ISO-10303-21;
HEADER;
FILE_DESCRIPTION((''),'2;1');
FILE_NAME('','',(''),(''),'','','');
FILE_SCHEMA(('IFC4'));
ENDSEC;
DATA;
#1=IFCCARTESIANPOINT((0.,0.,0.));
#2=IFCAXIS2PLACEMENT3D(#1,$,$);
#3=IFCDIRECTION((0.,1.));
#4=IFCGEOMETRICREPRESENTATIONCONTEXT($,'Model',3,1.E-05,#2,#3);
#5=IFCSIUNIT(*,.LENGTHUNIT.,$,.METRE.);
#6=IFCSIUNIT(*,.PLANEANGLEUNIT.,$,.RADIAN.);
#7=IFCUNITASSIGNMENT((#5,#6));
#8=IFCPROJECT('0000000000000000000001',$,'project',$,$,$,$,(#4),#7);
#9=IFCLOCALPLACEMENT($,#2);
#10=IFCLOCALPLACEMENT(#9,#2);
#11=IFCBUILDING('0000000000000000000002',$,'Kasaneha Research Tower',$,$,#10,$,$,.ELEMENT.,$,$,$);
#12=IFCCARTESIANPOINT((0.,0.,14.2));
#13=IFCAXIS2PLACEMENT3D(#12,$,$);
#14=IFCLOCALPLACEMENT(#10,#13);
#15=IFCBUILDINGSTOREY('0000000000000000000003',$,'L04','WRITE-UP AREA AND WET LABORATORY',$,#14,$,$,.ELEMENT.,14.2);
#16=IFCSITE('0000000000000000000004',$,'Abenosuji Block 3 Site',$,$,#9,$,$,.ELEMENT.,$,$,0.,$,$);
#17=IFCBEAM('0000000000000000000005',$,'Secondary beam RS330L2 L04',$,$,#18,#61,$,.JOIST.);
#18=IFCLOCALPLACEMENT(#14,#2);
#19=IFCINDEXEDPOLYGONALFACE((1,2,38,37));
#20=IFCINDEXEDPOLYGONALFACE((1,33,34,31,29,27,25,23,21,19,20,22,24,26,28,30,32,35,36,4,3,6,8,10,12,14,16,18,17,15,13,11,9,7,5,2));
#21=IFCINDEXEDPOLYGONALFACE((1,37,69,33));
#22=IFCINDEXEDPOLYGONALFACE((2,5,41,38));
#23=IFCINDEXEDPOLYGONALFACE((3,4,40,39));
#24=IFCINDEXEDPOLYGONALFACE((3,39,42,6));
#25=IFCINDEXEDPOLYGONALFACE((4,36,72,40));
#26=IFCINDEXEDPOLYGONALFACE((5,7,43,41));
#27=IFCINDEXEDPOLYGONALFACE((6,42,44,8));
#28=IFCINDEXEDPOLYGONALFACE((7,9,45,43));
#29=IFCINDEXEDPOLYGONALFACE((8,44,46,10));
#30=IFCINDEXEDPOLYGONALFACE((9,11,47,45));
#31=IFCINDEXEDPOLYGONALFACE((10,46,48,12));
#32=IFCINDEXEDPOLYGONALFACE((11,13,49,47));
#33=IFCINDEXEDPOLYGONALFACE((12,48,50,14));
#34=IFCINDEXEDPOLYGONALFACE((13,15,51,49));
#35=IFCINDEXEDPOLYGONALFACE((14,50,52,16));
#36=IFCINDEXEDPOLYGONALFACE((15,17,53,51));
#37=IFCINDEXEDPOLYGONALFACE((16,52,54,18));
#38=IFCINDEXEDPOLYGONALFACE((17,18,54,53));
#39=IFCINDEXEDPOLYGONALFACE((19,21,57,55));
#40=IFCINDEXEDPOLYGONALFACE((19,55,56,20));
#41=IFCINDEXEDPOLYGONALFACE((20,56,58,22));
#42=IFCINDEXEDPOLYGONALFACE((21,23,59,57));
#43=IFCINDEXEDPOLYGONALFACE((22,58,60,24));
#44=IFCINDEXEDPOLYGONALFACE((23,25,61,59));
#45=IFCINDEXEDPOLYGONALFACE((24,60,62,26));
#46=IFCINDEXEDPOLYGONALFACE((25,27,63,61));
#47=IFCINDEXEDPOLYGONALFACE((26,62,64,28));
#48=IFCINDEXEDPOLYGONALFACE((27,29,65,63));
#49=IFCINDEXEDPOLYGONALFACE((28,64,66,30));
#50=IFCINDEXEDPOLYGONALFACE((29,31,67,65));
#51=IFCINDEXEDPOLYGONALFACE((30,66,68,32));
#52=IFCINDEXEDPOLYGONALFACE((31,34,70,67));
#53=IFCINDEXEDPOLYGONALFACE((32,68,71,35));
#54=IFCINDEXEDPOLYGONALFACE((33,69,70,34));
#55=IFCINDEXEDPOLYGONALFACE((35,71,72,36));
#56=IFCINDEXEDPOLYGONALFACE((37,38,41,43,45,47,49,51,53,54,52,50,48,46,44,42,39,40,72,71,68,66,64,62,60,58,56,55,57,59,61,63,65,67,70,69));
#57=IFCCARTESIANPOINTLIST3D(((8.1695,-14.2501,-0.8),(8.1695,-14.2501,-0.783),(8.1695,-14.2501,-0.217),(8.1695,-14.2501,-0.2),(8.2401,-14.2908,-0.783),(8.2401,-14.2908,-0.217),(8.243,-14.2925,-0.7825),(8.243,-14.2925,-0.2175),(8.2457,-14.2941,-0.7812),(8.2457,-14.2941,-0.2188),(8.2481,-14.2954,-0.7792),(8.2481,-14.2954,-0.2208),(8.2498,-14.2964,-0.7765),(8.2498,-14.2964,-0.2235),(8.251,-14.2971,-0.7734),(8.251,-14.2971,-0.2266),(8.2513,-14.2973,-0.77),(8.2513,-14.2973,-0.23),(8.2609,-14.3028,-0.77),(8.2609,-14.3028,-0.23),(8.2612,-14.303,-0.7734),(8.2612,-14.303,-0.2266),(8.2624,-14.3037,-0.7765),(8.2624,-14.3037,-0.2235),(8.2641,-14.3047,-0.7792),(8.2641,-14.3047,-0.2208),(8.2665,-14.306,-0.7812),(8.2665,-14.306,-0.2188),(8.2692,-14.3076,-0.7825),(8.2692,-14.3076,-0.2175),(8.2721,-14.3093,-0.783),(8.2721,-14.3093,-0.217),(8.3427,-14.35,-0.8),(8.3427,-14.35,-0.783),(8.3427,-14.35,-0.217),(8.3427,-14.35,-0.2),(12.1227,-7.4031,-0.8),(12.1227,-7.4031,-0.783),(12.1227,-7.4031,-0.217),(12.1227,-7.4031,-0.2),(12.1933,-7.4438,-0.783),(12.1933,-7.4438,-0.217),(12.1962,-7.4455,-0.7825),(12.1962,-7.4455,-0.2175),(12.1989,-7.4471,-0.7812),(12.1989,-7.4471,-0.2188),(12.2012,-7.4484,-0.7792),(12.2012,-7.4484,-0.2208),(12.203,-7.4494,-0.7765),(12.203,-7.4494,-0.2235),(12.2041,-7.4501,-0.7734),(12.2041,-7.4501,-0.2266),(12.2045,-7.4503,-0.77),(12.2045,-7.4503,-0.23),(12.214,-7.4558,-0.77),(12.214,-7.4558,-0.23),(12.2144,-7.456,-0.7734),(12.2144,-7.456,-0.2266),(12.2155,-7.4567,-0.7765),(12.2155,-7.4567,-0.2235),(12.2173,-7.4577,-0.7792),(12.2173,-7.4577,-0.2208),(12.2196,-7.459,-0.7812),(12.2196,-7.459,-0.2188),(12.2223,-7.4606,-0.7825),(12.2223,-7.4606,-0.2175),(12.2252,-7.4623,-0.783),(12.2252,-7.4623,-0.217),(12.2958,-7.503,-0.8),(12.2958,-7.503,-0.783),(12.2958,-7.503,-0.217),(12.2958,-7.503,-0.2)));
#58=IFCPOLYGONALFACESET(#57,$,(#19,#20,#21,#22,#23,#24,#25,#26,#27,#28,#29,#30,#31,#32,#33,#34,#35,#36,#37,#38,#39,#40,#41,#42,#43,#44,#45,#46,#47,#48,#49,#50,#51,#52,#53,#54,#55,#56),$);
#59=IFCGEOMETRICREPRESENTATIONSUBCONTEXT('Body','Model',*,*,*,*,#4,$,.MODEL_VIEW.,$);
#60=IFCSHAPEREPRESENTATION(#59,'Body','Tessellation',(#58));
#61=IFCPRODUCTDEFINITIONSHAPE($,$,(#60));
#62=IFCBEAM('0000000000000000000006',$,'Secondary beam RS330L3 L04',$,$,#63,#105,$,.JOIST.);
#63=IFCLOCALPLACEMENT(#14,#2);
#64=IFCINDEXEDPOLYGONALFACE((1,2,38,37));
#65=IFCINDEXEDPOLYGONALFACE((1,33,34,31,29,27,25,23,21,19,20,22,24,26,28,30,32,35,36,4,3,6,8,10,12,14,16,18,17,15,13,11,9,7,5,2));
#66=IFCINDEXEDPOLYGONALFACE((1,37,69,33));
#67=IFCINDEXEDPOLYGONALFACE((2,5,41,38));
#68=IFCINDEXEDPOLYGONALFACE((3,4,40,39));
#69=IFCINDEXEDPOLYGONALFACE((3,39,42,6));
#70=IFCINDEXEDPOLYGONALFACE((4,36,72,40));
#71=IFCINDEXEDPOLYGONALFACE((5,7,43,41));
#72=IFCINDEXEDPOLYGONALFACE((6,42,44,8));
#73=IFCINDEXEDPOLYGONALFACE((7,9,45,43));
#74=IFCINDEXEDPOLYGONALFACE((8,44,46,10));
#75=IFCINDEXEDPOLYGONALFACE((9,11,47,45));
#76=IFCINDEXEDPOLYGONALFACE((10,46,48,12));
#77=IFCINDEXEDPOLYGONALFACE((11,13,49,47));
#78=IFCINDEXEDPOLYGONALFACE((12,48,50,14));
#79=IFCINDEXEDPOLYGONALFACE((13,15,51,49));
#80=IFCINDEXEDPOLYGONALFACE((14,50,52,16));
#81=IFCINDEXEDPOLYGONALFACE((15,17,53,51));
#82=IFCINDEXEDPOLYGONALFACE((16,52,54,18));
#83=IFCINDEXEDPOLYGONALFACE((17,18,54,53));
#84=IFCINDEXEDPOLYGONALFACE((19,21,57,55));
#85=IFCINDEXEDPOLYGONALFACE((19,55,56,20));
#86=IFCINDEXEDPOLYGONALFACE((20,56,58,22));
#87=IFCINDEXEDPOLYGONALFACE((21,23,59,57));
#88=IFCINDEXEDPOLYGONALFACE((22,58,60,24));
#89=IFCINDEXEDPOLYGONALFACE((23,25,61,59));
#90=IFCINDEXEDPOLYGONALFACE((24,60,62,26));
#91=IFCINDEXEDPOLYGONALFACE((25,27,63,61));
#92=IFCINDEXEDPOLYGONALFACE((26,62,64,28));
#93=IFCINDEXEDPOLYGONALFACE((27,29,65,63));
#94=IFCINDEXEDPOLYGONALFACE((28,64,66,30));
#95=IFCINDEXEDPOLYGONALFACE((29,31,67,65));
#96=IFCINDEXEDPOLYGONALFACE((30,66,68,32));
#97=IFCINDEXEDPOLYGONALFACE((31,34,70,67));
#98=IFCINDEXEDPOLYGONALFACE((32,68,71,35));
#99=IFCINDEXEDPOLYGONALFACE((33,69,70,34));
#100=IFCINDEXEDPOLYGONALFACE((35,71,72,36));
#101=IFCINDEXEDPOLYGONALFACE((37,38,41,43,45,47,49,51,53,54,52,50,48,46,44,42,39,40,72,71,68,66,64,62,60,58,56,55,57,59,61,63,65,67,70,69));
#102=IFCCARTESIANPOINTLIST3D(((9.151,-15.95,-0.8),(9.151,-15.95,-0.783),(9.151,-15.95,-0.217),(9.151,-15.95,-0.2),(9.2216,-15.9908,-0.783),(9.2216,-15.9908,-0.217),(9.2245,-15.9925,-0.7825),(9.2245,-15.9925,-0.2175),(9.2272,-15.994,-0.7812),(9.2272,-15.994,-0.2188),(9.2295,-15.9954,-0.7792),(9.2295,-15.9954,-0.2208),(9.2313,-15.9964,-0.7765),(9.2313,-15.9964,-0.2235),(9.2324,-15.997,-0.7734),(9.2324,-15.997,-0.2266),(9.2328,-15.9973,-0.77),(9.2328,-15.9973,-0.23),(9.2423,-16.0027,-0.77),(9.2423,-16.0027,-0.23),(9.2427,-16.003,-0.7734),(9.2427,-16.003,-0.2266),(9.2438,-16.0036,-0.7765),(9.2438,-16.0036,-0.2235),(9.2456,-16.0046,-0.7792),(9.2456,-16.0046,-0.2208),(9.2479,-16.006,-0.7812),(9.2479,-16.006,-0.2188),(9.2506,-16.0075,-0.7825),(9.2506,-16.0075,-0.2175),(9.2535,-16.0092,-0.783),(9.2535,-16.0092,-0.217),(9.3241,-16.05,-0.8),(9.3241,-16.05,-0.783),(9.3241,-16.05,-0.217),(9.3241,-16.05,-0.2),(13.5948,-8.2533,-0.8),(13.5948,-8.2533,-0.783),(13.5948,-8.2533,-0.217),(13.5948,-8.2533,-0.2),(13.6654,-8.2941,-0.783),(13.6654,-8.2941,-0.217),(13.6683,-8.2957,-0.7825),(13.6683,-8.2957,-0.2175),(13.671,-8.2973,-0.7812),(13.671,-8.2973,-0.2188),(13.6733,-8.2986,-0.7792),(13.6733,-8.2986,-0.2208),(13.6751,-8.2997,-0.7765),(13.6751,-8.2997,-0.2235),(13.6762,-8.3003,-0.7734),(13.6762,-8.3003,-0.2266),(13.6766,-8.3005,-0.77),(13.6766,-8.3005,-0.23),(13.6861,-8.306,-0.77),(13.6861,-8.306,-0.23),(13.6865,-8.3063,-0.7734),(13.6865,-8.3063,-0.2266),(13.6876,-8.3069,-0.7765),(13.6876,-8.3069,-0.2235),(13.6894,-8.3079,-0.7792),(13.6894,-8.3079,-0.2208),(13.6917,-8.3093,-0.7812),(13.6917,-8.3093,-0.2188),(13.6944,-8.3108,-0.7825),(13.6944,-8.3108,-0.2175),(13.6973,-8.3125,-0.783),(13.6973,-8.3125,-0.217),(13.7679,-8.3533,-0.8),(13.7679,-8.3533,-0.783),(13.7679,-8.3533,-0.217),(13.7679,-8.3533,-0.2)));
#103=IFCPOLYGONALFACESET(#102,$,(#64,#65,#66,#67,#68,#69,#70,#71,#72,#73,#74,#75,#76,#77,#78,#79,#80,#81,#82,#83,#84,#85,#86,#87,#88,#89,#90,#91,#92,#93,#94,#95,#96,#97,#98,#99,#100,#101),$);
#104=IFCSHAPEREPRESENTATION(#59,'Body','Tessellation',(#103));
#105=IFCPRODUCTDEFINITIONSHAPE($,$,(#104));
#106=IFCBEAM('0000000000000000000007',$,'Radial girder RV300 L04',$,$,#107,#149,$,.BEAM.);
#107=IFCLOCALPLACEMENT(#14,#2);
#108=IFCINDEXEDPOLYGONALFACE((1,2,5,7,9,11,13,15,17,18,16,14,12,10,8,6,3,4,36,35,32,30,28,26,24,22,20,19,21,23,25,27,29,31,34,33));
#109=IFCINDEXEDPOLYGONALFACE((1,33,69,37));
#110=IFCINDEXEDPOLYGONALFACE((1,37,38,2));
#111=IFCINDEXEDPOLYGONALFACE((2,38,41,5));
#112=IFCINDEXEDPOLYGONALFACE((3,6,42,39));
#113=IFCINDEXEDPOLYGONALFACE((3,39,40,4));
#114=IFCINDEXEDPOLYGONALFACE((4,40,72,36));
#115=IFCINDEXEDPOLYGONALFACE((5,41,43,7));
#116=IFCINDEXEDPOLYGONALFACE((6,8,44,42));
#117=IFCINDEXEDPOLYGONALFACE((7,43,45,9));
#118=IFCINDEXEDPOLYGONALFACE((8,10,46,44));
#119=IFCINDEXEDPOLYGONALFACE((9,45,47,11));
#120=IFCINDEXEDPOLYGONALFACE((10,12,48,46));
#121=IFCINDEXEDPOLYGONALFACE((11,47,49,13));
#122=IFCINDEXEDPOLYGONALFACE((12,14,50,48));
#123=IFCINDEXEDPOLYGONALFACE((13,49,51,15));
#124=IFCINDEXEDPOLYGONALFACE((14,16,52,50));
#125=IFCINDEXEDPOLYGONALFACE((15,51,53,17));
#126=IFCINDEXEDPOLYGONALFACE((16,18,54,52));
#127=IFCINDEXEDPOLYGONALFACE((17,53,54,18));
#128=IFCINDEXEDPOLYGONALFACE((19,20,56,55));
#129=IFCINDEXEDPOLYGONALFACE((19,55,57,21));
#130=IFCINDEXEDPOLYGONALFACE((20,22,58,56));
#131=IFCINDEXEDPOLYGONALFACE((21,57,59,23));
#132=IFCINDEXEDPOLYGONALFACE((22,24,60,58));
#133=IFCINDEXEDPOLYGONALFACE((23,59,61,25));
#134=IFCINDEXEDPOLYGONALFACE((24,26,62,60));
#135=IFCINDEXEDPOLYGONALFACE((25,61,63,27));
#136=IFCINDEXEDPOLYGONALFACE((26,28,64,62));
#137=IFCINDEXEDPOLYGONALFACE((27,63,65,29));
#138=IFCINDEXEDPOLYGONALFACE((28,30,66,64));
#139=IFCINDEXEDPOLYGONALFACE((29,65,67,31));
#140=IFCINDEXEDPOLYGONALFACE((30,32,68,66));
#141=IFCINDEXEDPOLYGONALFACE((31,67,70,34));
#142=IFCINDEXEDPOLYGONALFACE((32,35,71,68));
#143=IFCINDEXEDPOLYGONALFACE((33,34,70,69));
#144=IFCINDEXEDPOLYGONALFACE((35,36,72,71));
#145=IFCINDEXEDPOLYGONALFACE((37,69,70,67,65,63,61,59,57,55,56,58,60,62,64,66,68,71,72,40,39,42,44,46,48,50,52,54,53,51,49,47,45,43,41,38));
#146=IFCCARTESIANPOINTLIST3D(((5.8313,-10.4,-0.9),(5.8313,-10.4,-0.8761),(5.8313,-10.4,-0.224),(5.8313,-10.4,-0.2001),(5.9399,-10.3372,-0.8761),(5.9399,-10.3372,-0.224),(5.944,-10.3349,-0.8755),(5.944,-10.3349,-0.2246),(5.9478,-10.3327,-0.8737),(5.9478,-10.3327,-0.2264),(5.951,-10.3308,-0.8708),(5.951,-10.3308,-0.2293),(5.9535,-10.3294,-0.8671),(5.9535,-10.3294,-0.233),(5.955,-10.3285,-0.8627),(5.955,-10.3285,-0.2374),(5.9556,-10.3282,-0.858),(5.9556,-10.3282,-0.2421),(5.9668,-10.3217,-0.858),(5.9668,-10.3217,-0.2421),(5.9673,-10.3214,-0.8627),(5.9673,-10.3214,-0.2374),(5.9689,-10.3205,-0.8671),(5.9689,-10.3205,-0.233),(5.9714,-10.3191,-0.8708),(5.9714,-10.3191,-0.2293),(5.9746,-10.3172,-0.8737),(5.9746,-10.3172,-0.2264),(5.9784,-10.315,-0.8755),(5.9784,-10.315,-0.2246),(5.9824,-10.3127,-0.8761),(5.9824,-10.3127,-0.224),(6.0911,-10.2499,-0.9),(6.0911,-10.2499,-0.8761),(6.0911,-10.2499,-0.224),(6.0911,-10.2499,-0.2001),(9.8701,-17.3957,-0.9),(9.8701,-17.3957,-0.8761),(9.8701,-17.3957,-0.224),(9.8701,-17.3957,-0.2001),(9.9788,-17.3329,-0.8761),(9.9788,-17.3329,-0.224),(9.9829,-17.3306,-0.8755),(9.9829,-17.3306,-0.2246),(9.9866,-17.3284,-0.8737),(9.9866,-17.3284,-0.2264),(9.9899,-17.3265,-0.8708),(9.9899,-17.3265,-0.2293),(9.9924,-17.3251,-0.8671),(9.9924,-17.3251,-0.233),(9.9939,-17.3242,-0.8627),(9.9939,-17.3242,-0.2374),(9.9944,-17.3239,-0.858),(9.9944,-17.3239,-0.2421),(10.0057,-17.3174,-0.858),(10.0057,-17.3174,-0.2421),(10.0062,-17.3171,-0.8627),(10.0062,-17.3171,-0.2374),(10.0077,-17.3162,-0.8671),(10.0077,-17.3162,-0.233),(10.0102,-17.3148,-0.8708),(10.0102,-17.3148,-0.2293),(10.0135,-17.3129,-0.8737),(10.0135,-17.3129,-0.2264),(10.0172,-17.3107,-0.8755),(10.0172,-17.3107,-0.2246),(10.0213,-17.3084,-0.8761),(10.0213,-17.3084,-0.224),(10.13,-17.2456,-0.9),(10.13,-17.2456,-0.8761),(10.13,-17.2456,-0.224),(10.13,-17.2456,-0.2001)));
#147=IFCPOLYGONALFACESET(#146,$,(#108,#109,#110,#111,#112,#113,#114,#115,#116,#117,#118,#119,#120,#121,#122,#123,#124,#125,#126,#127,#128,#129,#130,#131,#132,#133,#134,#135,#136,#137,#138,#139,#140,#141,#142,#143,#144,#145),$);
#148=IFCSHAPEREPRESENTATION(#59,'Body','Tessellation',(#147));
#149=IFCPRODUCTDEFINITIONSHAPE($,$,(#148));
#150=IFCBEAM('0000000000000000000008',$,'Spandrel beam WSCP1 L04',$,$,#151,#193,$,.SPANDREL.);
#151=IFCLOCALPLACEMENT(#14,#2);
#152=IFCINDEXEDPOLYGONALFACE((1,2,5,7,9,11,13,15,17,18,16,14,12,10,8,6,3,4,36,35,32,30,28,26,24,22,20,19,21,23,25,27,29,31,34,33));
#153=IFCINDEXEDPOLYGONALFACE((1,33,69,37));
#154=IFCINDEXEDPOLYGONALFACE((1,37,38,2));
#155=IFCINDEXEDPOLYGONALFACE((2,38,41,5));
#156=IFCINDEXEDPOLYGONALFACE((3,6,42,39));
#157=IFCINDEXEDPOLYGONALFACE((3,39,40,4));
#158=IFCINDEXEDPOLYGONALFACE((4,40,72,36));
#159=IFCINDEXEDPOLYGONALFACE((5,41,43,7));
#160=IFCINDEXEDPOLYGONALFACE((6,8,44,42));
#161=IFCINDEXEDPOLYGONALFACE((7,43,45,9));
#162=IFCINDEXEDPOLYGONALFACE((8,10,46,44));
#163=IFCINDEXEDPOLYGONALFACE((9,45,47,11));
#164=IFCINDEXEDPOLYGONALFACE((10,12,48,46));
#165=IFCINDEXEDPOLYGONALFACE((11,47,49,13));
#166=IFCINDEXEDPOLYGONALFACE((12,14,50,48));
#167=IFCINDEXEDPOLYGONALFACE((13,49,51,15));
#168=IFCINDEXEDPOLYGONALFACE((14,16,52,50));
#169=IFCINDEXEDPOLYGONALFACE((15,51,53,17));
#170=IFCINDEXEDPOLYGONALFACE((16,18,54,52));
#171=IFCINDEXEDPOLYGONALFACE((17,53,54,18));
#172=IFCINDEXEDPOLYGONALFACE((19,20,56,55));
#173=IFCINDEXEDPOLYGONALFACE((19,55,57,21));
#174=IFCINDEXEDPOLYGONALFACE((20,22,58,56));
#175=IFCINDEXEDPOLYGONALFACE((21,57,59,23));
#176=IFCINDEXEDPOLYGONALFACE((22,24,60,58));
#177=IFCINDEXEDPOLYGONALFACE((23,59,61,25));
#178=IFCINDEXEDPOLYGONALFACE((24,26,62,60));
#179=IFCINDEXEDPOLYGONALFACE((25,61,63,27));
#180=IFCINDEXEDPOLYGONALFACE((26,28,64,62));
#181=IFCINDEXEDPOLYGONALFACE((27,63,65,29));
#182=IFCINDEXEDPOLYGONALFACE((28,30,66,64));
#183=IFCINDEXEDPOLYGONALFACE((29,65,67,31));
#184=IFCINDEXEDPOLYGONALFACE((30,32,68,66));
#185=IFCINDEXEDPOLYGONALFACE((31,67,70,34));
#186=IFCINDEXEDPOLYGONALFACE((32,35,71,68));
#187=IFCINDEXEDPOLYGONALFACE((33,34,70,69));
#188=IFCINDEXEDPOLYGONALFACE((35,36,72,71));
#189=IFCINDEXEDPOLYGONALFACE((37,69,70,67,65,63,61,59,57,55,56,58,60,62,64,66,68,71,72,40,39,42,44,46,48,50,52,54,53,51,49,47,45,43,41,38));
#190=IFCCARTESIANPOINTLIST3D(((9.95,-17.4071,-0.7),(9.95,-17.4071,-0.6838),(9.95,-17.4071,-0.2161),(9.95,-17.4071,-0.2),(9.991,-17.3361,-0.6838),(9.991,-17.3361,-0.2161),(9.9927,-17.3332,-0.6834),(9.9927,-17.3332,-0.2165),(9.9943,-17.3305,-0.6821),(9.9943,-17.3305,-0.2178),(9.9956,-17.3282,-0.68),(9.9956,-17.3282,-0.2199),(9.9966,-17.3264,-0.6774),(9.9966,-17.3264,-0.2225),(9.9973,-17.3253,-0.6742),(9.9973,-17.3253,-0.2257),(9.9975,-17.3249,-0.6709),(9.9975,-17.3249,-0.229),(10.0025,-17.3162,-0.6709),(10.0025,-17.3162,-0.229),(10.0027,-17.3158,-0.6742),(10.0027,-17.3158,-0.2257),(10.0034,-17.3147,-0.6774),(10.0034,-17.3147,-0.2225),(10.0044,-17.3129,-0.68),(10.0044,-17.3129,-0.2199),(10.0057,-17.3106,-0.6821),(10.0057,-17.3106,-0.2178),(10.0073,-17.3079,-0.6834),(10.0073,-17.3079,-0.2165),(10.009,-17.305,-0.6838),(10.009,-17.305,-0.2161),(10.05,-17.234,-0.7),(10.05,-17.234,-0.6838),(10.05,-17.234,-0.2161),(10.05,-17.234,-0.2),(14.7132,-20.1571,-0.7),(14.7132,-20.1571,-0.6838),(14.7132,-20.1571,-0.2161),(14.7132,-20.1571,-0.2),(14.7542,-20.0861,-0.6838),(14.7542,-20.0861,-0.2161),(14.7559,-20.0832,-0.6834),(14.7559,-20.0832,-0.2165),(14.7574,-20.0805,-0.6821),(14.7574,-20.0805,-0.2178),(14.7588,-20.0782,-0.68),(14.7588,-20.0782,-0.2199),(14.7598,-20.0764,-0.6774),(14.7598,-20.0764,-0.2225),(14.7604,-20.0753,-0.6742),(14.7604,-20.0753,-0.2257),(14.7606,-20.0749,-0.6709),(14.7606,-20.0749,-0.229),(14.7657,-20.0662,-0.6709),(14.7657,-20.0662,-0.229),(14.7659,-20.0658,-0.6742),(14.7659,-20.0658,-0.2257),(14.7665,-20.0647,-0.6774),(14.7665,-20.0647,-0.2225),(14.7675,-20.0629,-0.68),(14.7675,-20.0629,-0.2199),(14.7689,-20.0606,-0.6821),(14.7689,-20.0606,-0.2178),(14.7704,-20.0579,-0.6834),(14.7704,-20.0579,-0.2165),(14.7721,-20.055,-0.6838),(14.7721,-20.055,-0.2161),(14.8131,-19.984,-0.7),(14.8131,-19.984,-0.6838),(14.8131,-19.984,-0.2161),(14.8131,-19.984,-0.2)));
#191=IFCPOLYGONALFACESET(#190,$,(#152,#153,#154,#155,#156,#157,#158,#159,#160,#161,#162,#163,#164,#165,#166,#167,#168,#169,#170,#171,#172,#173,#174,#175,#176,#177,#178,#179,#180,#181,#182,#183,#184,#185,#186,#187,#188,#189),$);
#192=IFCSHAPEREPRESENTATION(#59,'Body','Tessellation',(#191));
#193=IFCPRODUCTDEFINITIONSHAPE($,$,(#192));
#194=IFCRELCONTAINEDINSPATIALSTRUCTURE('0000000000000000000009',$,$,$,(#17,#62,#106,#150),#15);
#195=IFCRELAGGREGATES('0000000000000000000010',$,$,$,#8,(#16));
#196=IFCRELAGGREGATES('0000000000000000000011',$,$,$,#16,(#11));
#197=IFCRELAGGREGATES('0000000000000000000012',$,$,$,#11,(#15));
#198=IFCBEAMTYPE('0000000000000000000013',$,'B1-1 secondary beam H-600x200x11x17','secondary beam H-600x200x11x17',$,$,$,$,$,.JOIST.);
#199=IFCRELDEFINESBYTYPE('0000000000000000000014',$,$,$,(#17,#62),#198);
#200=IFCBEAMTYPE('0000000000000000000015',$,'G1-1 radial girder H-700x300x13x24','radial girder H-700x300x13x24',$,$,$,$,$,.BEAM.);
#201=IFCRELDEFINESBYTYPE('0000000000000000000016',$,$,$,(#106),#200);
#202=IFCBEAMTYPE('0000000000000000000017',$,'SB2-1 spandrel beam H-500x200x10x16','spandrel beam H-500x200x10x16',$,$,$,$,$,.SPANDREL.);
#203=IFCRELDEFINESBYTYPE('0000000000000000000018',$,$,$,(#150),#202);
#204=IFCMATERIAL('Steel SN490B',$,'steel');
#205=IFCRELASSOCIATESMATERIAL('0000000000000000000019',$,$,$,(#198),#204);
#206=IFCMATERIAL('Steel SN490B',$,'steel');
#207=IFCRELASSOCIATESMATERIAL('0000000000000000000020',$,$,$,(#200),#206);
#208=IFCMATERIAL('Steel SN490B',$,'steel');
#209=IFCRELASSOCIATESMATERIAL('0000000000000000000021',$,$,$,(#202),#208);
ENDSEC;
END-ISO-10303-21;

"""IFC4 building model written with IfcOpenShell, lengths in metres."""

from ifc_helpers import new_model, si_unit, direction, frame, origin, origin_2d, place, context, subcontext, project, spatial, i_section, extrude, material, material_profile, profile_set, type_object, element, save


model = new_model("IFC4")

# Units and contexts
model_context = context("Model", 3, precision=1e-05, world=origin(), true_north=direction((0.0, 1.0)))
body_context = subcontext(model_context, "Body", "Model", "MODEL_VIEW")
ifc_project = project(units=[si_unit("LENGTHUNIT", "METRE"), si_unit("PLANEANGLEUNIT", "RADIAN")], contexts=[model_context])

# Site, building, storey
site_placement = place(None, origin())
site = spatial("IfcSite", under=ifc_project, at=site_placement, Name="Abenosuji Block 3 Site", CompositionType="ELEMENT", RefElevation=0.0)
building_placement = place(site_placement, origin())
building = spatial("IfcBuilding", under=site, at=building_placement, Name="Kasaneha Research Tower", CompositionType="ELEMENT")
storey_placement = place(building_placement, frame((0.0, 0.0, 14.2)))
storey = spatial("IfcBuildingStorey", under=building, at=storey_placement, Name="L04", Description="WRITE-UP AREA AND WET LABORATORY", CompositionType="ELEMENT", Elevation=14.2)

# Beams
ifc_material_1 = material(Name="Steel SN490B", Category="steel")
ifc_material_profile_1 = material_profile(ifc_material_1, i_section(OverallWidth=0.2, OverallDepth=0.6001, WebThickness=0.011, FlangeThickness=0.0171, FilletRadius=0.0129, at=origin_2d()), Name="H-600x200x11x17")
ifc_profile_set_1 = profile_set([ifc_material_profile_1], Name="Steel SN490B")
beam_type_1 = type_object("IfcBeamType", Name="B1-1 secondary beam H-600x200x11x17", Description="secondary beam H-600x200x11x17", PredefinedType="JOIST", material=ifc_profile_set_1)
beam_1_placement = place(storey_placement, frame((8.2561, -14.3, -0.5), z_axis=(0.500005, 0.866023, 0.0), x_axis=(-0.866023, 0.500005, 0.0)))
element("IfcBeam", 1, at=beam_1_placement, inside=storey, type_object=beam_type_1, Name="Secondary beam RS330L2 L04", PredefinedType="JOIST", context=body_context, shape_type="SweptSolid", body=[
    extrude(i_section(OverallWidth=0.2, OverallDepth=0.6001, WebThickness=0.011, FlangeThickness=0.0171, FilletRadius=0.0129, at=origin_2d()), origin(), (0.0, 0.0, 1.0), 7.9062),
])
beam_2_placement = place(storey_placement, frame((9.2375, -16.0, -0.5), z_axis=(0.500009, 0.86602, 0.0), x_axis=(-0.86602, 0.500009, 0.0)))
element("IfcBeam", 2, at=beam_2_placement, inside=storey, type_object=beam_type_1, Name="Secondary beam RS330L3 L04", PredefinedType="JOIST", context=body_context, shape_type="SweptSolid", body=[
    extrude(i_section(OverallWidth=0.2, OverallDepth=0.6001, WebThickness=0.011, FlangeThickness=0.0171, FilletRadius=0.0129, at=origin_2d()), origin(), (0.0, 0.0, 1.0), 8.8875),
])
ifc_material_2 = material(Name="Steel SN490B", Category="steel")
ifc_material_profile_2 = material_profile(ifc_material_2, i_section(OverallWidth=0.3, OverallDepth=0.7, WebThickness=0.0129, FlangeThickness=0.0239, FilletRadius=0.0181, at=origin_2d()), Name="H-700x300x13x24")
ifc_profile_set_2 = profile_set([ifc_material_profile_2], Name="Steel SN490B")
beam_type_2 = type_object("IfcBeamType", Name="G1-1 radial girder H-700x300x13x24", Description="radial girder H-700x300x13x24", PredefinedType="BEAM", material=ifc_profile_set_2)
beam_3_placement = place(storey_placement, frame((5.9612, -10.325, -0.55), z_axis=(0.499991, -0.866031, 0.0), x_axis=(0.866031, 0.499991, 0.0)))
element("IfcBeam", 3, at=beam_3_placement, inside=storey, type_object=beam_type_2, Name="Radial girder RV300 L04", PredefinedType="BEAM", context=body_context, shape_type="SweptSolid", body=[
    extrude(i_section(OverallWidth=0.3, OverallDepth=0.7, WebThickness=0.0129, FlangeThickness=0.0239, FilletRadius=0.0181, at=origin_2d()), origin(), (0.0, 0.0, 1.0), 8.0779),
])
ifc_material_3 = material(Name="Steel SN490B", Category="steel")
ifc_material_profile_3 = material_profile(ifc_material_3, i_section(OverallWidth=0.2, OverallDepth=0.5, WebThickness=0.01, FlangeThickness=0.0161, FilletRadius=0.0129, at=origin_2d()), Name="H-500x200x10x16")
ifc_profile_set_3 = profile_set([ifc_material_profile_3], Name="Steel SN490B")
beam_type_3 = type_object("IfcBeamType", Name="SB2-1 spandrel beam H-500x200x10x16", Description="spandrel beam H-500x200x10x16", PredefinedType="SPANDREL", material=ifc_profile_set_3)
beam_4_placement = place(storey_placement, frame((10.0, -17.3206, -0.45), z_axis=(0.866027, -0.499997, 0.0), x_axis=(0.499997, 0.866027, 0.0)))
element("IfcBeam", 4, at=beam_4_placement, inside=storey, type_object=beam_type_3, Name="Spandrel beam WSCP1 L04", PredefinedType="SPANDREL", context=body_context, shape_type="SweptSolid", body=[
    extrude(i_section(OverallWidth=0.2, OverallDepth=0.5, WebThickness=0.01, FlangeThickness=0.0161, FilletRadius=0.0129, at=origin_2d()), origin(), (0.0, 0.0, 1.0), 5.5),
])

save(model, "model.ifc")
